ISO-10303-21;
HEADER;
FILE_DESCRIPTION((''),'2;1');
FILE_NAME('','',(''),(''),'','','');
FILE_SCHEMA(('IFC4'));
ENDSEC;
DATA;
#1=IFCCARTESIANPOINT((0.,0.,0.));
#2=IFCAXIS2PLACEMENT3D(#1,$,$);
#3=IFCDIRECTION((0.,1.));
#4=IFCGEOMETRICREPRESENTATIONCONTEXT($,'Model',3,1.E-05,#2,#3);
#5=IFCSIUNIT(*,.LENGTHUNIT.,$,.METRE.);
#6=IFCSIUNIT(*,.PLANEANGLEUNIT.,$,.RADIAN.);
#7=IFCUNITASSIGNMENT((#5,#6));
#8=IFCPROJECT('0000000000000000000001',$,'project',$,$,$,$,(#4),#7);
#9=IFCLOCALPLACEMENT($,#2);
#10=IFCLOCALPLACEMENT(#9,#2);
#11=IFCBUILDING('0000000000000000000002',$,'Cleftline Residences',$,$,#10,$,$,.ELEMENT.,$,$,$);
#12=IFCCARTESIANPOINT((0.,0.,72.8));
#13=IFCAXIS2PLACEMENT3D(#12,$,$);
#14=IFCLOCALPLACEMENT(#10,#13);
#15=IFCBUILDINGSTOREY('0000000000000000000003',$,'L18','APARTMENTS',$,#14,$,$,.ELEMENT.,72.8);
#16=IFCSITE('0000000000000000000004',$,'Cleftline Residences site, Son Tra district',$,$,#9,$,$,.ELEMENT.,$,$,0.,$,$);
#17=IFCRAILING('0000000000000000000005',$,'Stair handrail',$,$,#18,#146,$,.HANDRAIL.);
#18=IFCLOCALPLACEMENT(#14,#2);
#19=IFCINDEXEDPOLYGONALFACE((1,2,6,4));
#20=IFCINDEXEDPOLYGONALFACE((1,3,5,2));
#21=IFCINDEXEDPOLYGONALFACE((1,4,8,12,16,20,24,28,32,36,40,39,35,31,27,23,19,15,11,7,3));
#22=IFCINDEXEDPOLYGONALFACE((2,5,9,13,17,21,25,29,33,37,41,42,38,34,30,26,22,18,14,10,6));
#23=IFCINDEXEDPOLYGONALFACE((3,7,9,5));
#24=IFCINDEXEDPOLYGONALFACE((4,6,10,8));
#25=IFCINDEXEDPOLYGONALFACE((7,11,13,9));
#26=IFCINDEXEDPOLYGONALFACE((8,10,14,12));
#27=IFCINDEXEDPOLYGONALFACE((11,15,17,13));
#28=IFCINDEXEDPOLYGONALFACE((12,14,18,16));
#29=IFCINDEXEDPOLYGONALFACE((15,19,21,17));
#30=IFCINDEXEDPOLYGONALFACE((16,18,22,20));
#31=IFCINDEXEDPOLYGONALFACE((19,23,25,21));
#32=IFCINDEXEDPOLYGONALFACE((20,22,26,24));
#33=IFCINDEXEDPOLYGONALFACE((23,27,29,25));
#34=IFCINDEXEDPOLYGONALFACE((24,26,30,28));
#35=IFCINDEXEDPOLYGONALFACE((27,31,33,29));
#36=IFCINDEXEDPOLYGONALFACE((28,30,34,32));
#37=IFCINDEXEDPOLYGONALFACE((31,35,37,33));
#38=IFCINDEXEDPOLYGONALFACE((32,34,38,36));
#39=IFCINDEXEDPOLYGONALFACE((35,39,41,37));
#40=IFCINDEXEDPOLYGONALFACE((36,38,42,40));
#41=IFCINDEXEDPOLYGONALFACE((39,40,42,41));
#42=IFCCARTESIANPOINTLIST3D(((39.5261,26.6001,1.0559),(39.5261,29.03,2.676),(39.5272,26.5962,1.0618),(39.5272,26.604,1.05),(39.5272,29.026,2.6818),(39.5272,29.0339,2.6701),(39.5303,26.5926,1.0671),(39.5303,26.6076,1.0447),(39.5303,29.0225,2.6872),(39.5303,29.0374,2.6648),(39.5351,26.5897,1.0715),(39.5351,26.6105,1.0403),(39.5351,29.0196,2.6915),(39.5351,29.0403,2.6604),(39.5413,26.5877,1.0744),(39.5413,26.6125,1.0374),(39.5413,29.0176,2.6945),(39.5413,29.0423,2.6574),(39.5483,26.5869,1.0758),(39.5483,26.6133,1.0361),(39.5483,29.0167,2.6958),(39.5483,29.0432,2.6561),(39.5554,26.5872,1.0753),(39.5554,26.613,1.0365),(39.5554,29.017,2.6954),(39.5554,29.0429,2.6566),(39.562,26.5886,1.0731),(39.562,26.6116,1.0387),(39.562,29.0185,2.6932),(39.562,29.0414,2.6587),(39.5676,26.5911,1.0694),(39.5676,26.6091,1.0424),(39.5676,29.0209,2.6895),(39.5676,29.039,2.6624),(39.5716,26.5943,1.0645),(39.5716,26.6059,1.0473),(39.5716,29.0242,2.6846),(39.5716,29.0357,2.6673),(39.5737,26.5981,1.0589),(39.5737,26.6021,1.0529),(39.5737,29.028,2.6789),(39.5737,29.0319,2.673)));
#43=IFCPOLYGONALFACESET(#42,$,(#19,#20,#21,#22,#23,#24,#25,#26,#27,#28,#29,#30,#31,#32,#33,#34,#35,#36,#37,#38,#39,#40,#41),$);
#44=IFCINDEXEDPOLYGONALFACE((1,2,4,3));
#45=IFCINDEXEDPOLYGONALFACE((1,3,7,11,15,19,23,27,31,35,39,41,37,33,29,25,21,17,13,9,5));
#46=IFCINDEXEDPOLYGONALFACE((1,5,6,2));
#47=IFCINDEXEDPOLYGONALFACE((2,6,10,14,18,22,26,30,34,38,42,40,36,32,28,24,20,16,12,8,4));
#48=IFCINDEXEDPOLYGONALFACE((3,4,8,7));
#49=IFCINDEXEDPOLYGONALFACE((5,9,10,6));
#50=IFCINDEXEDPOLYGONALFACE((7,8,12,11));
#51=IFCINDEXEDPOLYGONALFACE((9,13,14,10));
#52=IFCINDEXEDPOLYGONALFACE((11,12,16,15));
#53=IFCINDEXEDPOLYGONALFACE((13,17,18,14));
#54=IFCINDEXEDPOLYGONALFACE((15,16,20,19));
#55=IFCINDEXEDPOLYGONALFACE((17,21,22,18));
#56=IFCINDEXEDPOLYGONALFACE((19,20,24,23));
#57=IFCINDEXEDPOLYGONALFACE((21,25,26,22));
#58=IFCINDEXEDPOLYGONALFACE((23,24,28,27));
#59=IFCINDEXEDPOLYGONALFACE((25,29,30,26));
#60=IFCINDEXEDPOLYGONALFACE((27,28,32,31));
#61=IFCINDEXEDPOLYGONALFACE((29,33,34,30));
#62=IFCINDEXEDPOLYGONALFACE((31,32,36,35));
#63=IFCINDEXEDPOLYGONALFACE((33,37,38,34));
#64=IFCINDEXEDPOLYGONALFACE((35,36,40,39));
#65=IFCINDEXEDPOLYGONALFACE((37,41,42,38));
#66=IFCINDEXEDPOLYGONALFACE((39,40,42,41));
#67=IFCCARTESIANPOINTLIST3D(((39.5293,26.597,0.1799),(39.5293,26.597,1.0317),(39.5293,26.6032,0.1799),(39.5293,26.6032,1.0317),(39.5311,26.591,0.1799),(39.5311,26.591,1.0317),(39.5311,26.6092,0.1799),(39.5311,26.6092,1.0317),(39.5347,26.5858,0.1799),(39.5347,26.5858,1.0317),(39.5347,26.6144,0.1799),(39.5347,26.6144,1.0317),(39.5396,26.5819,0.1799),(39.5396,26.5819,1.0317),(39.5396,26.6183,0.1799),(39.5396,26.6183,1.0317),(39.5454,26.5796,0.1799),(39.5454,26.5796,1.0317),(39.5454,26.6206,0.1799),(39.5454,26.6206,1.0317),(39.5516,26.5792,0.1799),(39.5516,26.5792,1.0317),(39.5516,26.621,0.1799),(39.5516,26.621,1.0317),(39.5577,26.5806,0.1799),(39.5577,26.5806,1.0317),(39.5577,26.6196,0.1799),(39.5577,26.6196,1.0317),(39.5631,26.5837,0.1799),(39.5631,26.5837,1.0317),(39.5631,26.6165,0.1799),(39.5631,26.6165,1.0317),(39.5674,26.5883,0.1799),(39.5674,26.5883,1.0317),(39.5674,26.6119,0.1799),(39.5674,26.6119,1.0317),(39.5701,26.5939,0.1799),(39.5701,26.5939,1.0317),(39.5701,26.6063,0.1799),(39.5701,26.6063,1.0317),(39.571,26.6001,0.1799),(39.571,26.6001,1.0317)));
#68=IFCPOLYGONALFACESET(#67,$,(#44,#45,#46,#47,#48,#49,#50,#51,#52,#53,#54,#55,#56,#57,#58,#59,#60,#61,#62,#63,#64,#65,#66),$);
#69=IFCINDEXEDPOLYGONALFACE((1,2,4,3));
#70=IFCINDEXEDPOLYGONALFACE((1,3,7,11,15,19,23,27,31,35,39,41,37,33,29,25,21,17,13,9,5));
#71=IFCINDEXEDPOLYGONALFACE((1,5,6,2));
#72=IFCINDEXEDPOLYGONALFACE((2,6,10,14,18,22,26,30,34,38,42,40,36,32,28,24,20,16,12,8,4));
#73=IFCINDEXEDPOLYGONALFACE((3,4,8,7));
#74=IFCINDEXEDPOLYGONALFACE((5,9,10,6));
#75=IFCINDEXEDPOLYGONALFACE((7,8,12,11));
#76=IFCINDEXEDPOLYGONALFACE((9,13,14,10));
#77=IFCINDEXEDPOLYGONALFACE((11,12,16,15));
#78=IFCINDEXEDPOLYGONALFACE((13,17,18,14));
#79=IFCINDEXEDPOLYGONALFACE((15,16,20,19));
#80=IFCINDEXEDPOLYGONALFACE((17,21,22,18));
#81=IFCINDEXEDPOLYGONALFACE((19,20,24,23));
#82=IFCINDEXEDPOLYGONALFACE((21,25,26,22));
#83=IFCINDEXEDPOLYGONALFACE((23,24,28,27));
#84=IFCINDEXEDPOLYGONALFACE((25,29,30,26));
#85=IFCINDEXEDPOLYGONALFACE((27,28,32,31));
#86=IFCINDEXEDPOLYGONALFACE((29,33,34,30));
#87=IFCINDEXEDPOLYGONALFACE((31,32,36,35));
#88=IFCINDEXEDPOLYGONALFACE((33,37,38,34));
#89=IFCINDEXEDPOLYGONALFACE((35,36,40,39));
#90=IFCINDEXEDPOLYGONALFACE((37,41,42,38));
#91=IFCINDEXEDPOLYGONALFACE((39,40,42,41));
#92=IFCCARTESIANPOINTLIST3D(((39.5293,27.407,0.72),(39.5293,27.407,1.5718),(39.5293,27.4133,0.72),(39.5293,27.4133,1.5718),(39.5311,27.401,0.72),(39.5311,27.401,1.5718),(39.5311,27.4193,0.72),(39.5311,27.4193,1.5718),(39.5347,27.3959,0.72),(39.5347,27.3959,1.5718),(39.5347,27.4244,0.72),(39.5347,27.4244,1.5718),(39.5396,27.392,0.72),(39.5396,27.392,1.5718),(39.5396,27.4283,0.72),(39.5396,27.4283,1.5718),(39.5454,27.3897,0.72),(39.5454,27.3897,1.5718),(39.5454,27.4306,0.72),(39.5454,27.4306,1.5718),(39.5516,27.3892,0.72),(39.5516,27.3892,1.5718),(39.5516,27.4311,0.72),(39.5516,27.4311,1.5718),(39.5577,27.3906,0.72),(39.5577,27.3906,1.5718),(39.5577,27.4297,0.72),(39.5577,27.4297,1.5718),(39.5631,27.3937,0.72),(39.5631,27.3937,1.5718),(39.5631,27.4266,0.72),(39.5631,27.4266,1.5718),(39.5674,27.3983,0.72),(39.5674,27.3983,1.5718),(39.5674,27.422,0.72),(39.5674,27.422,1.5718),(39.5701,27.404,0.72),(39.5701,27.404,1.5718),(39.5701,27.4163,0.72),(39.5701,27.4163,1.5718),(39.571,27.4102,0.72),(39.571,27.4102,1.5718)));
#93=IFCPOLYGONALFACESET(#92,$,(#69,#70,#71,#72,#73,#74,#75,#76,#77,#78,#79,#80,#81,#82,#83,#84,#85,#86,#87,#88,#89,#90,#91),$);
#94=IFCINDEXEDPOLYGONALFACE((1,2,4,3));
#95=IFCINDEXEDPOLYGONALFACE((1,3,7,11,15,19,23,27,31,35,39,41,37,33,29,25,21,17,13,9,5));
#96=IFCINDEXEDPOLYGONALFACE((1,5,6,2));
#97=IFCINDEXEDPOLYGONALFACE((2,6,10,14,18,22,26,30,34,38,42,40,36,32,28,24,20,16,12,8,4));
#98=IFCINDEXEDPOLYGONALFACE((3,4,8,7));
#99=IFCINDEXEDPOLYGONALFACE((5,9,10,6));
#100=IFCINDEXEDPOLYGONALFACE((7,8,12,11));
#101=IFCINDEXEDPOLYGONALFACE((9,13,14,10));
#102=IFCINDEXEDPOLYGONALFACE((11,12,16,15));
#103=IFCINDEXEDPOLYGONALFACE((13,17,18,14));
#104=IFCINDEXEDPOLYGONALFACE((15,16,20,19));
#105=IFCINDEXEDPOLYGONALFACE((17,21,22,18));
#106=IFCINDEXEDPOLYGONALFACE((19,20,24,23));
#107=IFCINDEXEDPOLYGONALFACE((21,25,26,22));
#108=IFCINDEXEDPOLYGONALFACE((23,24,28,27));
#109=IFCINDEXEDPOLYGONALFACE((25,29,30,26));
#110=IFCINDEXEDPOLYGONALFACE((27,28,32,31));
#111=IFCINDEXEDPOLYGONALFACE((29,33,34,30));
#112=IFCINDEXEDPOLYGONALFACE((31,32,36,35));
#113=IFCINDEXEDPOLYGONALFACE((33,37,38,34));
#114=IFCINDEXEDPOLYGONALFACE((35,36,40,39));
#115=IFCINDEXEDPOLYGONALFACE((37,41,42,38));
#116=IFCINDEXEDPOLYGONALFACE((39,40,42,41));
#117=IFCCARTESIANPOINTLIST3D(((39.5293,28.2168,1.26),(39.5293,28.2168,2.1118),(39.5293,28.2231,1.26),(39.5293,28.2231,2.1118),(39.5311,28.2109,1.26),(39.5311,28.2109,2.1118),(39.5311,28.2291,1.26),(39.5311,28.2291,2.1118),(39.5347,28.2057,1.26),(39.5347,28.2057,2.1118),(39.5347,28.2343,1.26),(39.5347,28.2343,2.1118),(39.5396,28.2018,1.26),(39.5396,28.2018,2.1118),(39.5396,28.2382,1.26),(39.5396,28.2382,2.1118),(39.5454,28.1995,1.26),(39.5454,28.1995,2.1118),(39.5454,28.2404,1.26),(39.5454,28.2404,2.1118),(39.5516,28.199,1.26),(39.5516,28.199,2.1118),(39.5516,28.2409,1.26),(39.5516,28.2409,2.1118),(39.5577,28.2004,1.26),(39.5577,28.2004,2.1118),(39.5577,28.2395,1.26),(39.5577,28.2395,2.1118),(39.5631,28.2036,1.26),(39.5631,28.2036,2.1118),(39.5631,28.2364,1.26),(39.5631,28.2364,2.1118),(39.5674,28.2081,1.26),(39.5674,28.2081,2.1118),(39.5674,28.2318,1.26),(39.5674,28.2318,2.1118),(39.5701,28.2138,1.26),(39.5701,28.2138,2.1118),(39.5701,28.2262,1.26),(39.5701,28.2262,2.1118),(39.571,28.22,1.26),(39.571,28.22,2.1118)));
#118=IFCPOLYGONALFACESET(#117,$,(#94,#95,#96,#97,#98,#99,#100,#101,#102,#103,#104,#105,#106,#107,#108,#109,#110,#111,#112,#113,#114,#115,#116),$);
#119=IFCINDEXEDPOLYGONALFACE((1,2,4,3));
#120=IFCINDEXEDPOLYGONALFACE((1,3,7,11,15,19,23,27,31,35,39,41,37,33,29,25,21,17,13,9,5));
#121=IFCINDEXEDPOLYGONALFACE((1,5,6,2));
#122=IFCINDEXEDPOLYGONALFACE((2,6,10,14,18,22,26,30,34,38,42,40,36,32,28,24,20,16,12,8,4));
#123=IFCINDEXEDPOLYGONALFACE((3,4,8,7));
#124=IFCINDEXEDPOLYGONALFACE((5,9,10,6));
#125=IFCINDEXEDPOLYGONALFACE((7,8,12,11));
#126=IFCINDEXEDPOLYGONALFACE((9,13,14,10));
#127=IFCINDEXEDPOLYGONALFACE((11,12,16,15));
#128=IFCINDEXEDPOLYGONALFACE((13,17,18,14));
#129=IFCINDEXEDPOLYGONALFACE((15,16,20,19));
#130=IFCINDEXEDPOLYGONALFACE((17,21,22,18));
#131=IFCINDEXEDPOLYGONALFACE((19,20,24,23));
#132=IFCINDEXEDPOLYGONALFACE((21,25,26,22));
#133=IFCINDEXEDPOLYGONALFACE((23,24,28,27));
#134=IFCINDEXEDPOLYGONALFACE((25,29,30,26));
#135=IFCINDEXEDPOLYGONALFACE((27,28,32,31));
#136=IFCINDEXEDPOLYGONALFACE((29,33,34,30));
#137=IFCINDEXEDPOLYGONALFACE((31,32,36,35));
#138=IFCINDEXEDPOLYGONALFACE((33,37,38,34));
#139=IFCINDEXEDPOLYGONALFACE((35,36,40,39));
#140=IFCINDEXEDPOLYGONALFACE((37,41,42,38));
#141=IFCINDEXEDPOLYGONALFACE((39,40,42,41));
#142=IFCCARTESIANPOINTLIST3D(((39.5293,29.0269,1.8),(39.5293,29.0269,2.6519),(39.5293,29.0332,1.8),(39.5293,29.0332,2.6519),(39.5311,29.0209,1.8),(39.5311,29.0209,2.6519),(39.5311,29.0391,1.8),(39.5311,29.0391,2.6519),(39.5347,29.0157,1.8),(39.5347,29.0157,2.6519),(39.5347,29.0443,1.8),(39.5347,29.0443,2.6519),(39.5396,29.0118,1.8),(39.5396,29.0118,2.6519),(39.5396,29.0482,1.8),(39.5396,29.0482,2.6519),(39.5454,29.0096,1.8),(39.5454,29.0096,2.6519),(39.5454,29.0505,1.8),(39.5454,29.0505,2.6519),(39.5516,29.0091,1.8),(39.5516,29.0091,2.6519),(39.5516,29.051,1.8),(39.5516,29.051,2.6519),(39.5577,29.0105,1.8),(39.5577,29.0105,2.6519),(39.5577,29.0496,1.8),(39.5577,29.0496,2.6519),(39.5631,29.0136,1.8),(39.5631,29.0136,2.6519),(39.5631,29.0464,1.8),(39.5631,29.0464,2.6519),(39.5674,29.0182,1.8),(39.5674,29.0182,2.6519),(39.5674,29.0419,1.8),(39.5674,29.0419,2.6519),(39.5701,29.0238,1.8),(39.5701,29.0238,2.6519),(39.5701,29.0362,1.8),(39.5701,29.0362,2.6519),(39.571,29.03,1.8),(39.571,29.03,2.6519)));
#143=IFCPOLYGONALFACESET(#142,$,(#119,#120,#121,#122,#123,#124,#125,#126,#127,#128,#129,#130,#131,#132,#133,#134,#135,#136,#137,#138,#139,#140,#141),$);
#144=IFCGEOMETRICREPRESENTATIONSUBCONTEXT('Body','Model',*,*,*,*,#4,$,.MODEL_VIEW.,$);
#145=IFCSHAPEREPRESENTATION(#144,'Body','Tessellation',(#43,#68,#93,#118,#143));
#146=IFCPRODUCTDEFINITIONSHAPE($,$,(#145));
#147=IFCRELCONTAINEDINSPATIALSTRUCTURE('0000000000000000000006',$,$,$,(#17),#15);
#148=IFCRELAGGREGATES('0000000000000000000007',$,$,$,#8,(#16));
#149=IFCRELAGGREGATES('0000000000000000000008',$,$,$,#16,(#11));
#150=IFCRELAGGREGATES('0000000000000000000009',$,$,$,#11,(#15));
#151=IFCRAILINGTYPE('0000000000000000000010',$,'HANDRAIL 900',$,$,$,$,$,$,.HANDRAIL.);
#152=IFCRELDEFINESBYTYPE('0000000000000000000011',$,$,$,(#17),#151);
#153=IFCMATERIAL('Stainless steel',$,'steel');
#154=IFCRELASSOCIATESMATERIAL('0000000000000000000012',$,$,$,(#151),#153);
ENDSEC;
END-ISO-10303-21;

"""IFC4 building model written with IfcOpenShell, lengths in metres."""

from ifc_helpers import new_model, si_unit, direction, frame, origin, origin_2d, place, context, subcontext, project, spatial, circle, extrude, material, type_object, element, save


model = new_model("IFC4")

# Units and contexts
model_context = context("Model", 3, precision=1e-05, world=origin(), true_north=direction((0.0, 1.0)))
body_context = subcontext(model_context, "Body", "Model", "MODEL_VIEW")
ifc_project = project(units=[si_unit("LENGTHUNIT", "METRE"), si_unit("PLANEANGLEUNIT", "RADIAN")], contexts=[model_context])

# Site, building, storey
site_placement = place(None, origin())
site = spatial("IfcSite", under=ifc_project, at=site_placement, Name="Cleftline Residences site, Son Tra district", CompositionType="ELEMENT", RefElevation=0.0)
building_placement = place(site_placement, origin())
building = spatial("IfcBuilding", under=site, at=building_placement, Name="Cleftline Residences", CompositionType="ELEMENT")
storey_placement = place(building_placement, frame((0.0, 0.0, 72.8)))
storey = spatial("IfcBuildingStorey", under=building, at=storey_placement, Name="L18", Description="APARTMENTS", CompositionType="ELEMENT", Elevation=72.8)

# Railing
ifc_material_1 = material(Name="Stainless steel", Category="steel")
railing_type = type_object("IfcRailingType", Name="HANDRAIL 900", PredefinedType="HANDRAIL", material=ifc_material_1)
railing_1_placement = place(storey_placement, frame((39.55, 26.6001, 0.1799)))
element("IfcRailing", 1, at=railing_1_placement, inside=storey, type_object=railing_type, Name="Stair handrail", PredefinedType="HANDRAIL", context=body_context, shape_type="SweptSolid", body=[
    extrude(circle(Radius=0.0239, at=origin_2d()), frame((0.0, 0.0, 0.876), z_axis=(0.0, 0.832025, 0.554739), x_axis=(-1.0, 0.0, 0.0)), (0.0, 0.0, 1.0), 2.9204),
    extrude(circle(Radius=0.021, at=origin_2d()), origin(), (0.0, 0.0, 1.0), 0.8518),
    extrude(circle(Radius=0.021, at=origin_2d()), frame((0.0, 0.8101, 0.54)), (0.0, 0.0, 1.0), 0.8518),
    extrude(circle(Radius=0.021, at=origin_2d()), frame((0.0, 1.6199, 1.0801)), (0.0, 0.0, 1.0), 0.8518),
    extrude(circle(Radius=0.021, at=origin_2d()), frame((0.0, 2.4299, 1.6201)), (0.0, 0.0, 1.0), 0.8518),
])

save(model, "model.ifc")
